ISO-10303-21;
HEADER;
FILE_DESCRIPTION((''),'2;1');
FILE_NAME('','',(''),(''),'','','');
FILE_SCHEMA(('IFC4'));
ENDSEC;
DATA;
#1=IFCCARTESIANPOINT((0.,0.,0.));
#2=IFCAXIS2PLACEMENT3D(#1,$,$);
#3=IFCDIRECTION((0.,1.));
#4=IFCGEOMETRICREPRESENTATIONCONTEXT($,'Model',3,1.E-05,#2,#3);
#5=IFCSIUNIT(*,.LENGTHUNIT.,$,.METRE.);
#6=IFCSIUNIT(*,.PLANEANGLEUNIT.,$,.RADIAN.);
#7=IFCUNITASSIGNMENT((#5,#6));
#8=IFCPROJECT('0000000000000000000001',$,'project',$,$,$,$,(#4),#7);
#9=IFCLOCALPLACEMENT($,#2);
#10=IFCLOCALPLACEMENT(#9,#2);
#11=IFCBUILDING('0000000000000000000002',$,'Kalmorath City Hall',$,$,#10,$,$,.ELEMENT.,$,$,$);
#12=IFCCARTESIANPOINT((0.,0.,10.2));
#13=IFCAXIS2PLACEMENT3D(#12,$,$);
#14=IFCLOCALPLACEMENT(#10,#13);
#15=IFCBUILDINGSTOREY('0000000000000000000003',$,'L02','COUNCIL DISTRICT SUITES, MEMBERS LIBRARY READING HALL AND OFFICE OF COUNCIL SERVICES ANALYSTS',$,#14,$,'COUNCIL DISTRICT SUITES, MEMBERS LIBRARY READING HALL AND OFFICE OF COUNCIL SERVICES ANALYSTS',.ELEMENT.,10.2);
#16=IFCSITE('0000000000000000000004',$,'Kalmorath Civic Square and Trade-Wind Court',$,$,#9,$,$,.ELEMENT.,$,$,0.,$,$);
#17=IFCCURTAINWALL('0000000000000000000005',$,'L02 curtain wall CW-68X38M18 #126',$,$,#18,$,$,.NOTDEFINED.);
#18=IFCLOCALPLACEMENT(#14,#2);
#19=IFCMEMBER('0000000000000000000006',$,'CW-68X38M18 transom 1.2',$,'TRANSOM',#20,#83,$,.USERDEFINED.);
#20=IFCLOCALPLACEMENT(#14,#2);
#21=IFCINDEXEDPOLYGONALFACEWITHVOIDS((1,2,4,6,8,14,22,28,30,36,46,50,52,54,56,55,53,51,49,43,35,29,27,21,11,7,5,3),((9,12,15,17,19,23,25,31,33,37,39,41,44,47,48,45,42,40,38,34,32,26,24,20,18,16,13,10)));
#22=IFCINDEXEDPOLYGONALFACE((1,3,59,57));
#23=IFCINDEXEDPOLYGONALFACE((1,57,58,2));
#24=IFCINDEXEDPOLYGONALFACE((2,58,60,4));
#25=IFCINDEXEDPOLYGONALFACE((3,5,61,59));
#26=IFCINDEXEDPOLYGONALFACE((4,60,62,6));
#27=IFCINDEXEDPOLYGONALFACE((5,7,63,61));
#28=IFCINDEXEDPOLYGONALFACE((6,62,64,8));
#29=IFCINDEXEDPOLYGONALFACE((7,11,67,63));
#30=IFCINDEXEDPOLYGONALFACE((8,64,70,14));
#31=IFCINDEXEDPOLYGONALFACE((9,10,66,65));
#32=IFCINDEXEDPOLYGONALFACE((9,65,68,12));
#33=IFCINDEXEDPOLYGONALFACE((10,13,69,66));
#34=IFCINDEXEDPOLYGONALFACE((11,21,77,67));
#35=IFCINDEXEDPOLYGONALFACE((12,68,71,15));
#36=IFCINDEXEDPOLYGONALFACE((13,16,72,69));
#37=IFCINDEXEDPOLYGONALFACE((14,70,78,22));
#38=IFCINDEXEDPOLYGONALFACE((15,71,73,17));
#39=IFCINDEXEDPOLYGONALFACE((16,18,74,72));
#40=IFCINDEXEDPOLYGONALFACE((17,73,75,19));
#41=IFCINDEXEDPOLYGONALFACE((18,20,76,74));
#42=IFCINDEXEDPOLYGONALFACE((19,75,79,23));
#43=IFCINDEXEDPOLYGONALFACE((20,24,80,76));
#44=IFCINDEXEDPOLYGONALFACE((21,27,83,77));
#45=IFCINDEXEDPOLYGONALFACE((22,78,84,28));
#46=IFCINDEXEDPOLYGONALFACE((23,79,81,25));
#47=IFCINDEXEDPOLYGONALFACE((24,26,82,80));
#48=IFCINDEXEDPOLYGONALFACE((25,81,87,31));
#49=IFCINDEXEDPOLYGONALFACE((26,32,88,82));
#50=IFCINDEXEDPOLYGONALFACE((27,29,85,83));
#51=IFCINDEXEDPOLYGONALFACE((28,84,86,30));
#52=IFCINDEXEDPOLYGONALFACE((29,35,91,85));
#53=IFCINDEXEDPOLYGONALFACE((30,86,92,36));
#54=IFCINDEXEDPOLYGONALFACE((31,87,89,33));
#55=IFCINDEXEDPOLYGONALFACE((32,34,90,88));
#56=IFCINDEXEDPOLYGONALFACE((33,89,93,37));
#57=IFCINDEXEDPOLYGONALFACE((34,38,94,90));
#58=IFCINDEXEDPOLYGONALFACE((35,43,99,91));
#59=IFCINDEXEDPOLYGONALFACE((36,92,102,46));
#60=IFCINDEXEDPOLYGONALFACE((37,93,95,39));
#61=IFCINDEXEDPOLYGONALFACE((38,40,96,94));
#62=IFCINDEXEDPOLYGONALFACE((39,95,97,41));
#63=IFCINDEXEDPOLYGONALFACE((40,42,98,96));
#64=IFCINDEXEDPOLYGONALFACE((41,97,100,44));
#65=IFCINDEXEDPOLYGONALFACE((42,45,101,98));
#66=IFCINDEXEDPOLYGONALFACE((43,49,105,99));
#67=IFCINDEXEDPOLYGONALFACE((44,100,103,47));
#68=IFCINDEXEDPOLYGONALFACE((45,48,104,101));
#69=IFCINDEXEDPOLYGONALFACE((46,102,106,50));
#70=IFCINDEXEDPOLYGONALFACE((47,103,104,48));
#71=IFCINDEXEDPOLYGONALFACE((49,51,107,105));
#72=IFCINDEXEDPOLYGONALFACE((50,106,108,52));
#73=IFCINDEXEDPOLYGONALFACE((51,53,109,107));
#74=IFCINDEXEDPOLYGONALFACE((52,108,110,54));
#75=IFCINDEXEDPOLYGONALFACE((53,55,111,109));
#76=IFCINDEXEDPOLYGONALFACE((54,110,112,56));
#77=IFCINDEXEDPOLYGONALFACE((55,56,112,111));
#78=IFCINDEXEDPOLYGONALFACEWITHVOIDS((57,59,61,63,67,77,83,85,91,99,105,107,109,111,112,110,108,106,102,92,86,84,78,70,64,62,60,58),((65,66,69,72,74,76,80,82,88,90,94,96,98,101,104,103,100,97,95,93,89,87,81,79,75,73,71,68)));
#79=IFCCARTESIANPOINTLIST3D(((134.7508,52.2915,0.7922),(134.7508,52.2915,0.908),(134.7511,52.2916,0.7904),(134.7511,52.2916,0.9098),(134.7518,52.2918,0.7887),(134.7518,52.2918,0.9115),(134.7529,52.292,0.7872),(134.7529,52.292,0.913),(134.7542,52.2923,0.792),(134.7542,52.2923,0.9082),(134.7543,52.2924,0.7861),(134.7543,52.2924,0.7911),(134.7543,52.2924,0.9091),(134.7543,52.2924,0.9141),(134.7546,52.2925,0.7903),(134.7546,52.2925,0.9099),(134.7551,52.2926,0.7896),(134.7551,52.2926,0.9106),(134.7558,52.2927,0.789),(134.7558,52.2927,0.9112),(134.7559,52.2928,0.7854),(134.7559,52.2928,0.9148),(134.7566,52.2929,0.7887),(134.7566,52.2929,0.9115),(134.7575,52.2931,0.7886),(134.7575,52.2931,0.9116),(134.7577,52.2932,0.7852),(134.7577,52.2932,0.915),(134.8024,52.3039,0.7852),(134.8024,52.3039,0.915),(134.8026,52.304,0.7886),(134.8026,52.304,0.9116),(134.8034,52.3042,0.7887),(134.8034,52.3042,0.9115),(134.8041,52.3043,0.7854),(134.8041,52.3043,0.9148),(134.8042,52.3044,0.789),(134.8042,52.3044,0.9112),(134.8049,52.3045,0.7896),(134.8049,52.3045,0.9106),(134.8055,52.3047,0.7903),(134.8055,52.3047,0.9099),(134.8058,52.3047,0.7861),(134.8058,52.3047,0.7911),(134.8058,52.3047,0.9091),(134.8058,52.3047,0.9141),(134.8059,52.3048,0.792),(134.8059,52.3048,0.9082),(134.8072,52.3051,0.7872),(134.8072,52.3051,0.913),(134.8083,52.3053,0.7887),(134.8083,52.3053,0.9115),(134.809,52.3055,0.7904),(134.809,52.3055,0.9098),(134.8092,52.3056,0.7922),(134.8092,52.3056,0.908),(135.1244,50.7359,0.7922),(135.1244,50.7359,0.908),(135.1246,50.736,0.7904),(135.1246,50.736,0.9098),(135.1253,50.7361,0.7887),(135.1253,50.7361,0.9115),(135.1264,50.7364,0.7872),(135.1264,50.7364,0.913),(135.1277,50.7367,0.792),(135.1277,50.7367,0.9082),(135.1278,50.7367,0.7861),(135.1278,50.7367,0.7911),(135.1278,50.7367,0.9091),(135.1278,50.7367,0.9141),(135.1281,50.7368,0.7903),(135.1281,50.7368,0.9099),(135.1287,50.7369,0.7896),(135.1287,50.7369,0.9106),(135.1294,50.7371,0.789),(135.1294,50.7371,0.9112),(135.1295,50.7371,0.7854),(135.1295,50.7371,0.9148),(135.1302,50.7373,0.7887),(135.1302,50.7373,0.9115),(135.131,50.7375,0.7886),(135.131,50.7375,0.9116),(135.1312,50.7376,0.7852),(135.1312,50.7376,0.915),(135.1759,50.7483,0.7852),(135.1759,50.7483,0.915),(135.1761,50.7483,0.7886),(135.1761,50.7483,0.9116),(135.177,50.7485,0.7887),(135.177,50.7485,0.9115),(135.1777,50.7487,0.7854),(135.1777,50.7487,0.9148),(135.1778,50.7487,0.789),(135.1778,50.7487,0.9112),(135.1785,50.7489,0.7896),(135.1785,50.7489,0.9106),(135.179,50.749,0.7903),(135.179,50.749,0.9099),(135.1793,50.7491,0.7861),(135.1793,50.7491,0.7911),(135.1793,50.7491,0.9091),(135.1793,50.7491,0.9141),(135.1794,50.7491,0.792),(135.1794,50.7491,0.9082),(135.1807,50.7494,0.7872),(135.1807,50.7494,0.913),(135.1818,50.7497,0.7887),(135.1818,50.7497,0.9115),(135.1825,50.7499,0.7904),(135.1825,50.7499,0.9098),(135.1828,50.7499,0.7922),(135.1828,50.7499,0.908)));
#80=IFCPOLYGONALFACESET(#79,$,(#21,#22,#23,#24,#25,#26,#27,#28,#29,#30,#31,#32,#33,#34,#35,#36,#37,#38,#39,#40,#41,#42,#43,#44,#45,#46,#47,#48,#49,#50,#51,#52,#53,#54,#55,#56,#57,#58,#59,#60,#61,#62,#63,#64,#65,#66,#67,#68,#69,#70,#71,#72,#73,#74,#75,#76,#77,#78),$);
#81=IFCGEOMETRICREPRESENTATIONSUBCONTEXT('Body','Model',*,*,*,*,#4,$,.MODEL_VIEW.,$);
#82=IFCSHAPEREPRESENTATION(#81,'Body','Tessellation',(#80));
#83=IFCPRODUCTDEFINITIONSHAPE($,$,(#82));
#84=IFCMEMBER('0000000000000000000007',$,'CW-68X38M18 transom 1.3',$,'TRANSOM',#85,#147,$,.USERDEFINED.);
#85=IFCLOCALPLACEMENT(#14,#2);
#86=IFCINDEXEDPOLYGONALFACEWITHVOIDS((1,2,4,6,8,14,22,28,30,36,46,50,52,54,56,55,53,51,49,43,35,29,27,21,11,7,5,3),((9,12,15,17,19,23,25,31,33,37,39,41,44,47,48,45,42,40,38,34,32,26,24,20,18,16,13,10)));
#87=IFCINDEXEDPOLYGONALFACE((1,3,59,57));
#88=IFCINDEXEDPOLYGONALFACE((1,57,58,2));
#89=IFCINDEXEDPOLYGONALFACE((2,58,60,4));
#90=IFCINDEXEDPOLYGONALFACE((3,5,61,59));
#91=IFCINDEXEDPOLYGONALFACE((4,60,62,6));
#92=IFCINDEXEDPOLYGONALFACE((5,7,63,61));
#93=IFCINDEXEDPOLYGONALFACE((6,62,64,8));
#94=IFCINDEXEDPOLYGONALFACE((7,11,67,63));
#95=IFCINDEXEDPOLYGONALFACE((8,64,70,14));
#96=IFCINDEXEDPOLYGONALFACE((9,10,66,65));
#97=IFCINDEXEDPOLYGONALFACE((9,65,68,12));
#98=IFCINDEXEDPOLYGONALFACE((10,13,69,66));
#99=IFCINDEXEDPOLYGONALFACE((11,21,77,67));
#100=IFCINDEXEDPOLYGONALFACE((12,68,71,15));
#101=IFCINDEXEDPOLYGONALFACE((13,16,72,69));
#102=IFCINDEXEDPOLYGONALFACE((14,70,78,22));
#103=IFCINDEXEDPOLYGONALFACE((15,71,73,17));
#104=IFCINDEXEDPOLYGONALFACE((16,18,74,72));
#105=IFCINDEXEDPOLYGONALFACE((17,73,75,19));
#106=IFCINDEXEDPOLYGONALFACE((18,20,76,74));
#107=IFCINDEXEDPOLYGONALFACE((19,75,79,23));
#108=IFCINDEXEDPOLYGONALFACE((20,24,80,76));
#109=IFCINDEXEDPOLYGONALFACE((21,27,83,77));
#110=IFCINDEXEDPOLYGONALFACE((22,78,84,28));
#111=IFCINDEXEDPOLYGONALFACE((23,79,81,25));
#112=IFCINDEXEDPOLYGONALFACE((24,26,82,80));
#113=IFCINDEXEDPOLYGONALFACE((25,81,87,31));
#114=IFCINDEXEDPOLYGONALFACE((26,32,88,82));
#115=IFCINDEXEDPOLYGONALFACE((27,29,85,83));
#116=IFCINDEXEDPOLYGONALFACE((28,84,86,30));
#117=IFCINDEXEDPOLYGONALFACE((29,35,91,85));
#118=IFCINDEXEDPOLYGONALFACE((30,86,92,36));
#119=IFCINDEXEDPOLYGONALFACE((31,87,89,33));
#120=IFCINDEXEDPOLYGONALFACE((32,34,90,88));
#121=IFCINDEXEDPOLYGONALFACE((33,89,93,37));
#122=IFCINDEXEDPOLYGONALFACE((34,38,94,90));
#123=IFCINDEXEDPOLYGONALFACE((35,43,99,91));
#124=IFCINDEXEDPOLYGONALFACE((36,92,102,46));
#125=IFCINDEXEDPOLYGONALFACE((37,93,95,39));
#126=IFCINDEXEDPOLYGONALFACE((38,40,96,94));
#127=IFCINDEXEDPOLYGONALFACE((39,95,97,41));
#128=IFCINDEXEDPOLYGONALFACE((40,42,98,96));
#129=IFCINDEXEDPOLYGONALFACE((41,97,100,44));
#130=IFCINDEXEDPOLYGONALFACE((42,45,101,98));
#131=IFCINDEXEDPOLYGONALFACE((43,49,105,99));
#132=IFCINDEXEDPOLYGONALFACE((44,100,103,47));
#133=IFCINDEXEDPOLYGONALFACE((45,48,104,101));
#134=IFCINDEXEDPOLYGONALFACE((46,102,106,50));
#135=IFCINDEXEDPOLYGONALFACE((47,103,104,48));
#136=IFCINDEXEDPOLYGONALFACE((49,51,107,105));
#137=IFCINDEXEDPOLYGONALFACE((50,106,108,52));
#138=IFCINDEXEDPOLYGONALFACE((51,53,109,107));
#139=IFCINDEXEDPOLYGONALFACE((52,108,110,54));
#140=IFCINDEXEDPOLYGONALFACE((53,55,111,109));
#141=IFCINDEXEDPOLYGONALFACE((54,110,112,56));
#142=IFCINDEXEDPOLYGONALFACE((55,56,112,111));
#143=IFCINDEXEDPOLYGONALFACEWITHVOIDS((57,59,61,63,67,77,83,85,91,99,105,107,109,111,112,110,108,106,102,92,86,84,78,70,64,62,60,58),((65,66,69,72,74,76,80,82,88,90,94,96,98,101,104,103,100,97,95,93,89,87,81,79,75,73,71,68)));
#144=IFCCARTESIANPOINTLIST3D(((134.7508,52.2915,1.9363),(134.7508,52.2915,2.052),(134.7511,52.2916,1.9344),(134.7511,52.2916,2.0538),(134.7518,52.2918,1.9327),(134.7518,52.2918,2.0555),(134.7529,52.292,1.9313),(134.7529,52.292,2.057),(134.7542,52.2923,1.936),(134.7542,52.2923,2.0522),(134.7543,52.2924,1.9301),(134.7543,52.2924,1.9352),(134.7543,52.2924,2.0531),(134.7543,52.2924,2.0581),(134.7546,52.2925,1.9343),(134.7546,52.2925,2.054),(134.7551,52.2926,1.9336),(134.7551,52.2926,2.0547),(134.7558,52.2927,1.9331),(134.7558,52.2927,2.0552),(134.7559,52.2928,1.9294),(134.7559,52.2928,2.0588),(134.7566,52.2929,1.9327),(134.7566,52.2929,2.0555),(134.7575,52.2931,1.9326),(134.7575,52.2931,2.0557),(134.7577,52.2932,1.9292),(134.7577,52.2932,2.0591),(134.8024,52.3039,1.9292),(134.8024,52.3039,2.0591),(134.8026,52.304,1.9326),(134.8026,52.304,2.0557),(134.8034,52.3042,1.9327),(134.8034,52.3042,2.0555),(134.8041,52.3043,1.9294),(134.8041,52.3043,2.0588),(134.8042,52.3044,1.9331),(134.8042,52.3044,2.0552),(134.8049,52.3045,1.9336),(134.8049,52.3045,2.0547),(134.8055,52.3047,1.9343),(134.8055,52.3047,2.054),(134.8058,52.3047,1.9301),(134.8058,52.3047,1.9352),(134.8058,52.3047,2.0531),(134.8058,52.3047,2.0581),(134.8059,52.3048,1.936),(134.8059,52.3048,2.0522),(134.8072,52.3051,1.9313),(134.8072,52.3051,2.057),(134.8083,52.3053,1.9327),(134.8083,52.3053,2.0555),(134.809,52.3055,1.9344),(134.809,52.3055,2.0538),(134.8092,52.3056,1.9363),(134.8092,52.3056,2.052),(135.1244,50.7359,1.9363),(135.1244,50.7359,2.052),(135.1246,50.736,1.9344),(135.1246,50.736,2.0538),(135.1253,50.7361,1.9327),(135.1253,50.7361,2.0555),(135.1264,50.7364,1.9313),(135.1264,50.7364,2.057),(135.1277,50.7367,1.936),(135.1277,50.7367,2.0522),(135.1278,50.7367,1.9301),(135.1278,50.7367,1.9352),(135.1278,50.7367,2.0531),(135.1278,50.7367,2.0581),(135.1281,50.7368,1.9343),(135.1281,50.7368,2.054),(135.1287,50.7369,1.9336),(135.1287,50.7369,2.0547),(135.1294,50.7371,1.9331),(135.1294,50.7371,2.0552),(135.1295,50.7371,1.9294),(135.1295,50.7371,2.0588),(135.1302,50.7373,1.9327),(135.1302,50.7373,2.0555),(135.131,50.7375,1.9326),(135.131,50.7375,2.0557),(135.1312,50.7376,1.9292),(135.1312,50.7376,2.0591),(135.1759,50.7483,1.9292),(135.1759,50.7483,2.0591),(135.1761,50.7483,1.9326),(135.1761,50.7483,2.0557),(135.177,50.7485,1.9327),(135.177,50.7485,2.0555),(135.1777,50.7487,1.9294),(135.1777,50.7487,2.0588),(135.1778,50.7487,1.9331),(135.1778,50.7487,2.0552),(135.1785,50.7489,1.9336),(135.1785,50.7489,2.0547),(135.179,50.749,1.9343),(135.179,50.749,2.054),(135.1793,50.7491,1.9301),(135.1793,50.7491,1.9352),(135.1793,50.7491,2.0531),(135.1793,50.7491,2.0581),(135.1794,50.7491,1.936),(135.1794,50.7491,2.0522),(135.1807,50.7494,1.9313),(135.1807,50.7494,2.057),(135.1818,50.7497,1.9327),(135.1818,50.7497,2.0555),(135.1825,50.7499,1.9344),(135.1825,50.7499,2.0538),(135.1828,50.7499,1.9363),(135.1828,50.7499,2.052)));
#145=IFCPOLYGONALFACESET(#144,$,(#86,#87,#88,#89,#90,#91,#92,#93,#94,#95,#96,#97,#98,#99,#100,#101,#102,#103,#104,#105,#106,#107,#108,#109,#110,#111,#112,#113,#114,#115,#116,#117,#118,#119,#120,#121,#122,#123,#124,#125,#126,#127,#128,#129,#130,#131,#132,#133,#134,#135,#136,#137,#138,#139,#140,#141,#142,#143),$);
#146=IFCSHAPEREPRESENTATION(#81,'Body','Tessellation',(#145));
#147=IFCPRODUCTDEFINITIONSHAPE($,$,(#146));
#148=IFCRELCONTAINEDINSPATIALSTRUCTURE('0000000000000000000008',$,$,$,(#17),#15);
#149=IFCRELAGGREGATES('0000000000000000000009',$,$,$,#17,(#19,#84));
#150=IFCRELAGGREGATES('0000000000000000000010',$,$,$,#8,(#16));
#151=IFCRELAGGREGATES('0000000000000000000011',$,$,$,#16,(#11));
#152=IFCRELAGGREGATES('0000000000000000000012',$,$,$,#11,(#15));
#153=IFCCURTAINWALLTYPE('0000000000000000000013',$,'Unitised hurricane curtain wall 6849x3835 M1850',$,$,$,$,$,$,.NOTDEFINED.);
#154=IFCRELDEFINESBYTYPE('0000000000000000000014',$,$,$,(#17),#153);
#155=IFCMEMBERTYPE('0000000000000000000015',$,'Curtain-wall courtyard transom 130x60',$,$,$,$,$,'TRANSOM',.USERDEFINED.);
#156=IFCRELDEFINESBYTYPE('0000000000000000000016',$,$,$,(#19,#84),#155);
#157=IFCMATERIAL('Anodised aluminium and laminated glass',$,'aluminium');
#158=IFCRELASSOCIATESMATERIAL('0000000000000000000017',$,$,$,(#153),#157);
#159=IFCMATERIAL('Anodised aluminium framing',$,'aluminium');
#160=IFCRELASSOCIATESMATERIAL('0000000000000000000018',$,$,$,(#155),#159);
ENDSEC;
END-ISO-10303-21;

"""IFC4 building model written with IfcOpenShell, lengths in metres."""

from ifc_helpers import new_model, si_unit, direction, frame, origin, origin_2d, place, context, subcontext, project, spatial, hollow_rectangle, extrude, material, material_profile, profile_set, type_object, element, aggregate, save


model = new_model("IFC4")

# Units and contexts
model_context = context("Model", 3, precision=1e-05, world=origin(), true_north=direction((0.0, 1.0)))
body_context = subcontext(model_context, "Body", "Model", "MODEL_VIEW")
ifc_project = project(units=[si_unit("LENGTHUNIT", "METRE"), si_unit("PLANEANGLEUNIT", "RADIAN")], contexts=[model_context])

# Site, building, storey
site_placement = place(None, origin())
site = spatial("IfcSite", under=ifc_project, at=site_placement, Name="Kalmorath Civic Square and Trade-Wind Court", CompositionType="ELEMENT", RefElevation=0.0)
building_placement = place(site_placement, origin())
building = spatial("IfcBuilding", under=site, at=building_placement, Name="Kalmorath City Hall", CompositionType="ELEMENT")
storey_placement = place(building_placement, frame((0.0, 0.0, 10.2)))
storey = spatial("IfcBuildingStorey", under=building, at=storey_placement, Name="L02", Description="COUNCIL DISTRICT SUITES, MEMBERS LIBRARY READING HALL AND OFFICE OF COUNCIL SERVICES ANALYSTS", LongName="COUNCIL DISTRICT SUITES, MEMBERS LIBRARY READING HALL AND OFFICE OF COUNCIL SERVICES ANALYSTS", CompositionType="ELEMENT", Elevation=10.2)

# Curtain wall, members
ifc_material_1 = material(Name="Anodised aluminium and laminated glass", Category="aluminium")
curtain_wall_type = type_object("IfcCurtainWallType", Name="Unitised hurricane curtain wall 6849x3835 M1850", PredefinedType="NOTDEFINED", material=ifc_material_1)
curtain_wall_1_placement = place(storey_placement, origin())
curtain_wall_1 = element("IfcCurtainWall", 1, at=curtain_wall_1_placement, inside=storey, type_object=curtain_wall_type, Name="L02 curtain wall CW-68X38M18 #126", PredefinedType="NOTDEFINED")
ifc_material_2 = material(Name="Anodised aluminium framing", Category="aluminium")
ifc_material_profile_1 = material_profile(ifc_material_2, hollow_rectangle(XDim=0.0601, YDim=0.1299, WallThickness=0.0034, InnerFilletRadius=0.0034, OuterFilletRadius=0.0071, at=origin_2d()), Name="ALU-TRN-130X60X3.5")
ifc_profile_set_1 = profile_set([ifc_material_profile_1], Name="Anodised aluminium framing")
member_type_1 = type_object("IfcMemberType", Name="Curtain-wall courtyard transom 130x60", ElementType="TRANSOM", PredefinedType="USERDEFINED", material=ifc_profile_set_1)
member_1_placement = place(storey_placement, frame((135.1536, 50.7429, 0.8501), z_axis=(-0.233477, 0.972362, 0.0), x_axis=(-0.972362, -0.233477, 0.0)))
member_1 = element("IfcMember", 2, at=member_1_placement, type_object=member_type_1, Name="CW-68X38M18 transom 1.2", ObjectType="TRANSOM", PredefinedType="USERDEFINED", context=body_context, shape_type="SweptSolid", body=[
    extrude(hollow_rectangle(XDim=0.0601, YDim=0.1299, WallThickness=0.0034, InnerFilletRadius=0.0034, OuterFilletRadius=0.0071, at=origin_2d()), origin(), (0.0, 0.0, 1.0), 1.5999),
])
member_2_placement = place(storey_placement, frame((135.1536, 50.7429, 1.9941), z_axis=(-0.233477, 0.972362, 0.0), x_axis=(-0.972362, -0.233477, 0.0)))
member_2 = element("IfcMember", 3, at=member_2_placement, type_object=member_type_1, Name="CW-68X38M18 transom 1.3", ObjectType="TRANSOM", PredefinedType="USERDEFINED", context=body_context, shape_type="SweptSolid", body=[
    extrude(hollow_rectangle(XDim=0.0601, YDim=0.1299, WallThickness=0.0034, InnerFilletRadius=0.0034, OuterFilletRadius=0.0071, at=origin_2d()), origin(), (0.0, 0.0, 1.0), 1.5999),
])

aggregate(curtain_wall_1, [member_1, member_2])

save(model, "model.ifc")
